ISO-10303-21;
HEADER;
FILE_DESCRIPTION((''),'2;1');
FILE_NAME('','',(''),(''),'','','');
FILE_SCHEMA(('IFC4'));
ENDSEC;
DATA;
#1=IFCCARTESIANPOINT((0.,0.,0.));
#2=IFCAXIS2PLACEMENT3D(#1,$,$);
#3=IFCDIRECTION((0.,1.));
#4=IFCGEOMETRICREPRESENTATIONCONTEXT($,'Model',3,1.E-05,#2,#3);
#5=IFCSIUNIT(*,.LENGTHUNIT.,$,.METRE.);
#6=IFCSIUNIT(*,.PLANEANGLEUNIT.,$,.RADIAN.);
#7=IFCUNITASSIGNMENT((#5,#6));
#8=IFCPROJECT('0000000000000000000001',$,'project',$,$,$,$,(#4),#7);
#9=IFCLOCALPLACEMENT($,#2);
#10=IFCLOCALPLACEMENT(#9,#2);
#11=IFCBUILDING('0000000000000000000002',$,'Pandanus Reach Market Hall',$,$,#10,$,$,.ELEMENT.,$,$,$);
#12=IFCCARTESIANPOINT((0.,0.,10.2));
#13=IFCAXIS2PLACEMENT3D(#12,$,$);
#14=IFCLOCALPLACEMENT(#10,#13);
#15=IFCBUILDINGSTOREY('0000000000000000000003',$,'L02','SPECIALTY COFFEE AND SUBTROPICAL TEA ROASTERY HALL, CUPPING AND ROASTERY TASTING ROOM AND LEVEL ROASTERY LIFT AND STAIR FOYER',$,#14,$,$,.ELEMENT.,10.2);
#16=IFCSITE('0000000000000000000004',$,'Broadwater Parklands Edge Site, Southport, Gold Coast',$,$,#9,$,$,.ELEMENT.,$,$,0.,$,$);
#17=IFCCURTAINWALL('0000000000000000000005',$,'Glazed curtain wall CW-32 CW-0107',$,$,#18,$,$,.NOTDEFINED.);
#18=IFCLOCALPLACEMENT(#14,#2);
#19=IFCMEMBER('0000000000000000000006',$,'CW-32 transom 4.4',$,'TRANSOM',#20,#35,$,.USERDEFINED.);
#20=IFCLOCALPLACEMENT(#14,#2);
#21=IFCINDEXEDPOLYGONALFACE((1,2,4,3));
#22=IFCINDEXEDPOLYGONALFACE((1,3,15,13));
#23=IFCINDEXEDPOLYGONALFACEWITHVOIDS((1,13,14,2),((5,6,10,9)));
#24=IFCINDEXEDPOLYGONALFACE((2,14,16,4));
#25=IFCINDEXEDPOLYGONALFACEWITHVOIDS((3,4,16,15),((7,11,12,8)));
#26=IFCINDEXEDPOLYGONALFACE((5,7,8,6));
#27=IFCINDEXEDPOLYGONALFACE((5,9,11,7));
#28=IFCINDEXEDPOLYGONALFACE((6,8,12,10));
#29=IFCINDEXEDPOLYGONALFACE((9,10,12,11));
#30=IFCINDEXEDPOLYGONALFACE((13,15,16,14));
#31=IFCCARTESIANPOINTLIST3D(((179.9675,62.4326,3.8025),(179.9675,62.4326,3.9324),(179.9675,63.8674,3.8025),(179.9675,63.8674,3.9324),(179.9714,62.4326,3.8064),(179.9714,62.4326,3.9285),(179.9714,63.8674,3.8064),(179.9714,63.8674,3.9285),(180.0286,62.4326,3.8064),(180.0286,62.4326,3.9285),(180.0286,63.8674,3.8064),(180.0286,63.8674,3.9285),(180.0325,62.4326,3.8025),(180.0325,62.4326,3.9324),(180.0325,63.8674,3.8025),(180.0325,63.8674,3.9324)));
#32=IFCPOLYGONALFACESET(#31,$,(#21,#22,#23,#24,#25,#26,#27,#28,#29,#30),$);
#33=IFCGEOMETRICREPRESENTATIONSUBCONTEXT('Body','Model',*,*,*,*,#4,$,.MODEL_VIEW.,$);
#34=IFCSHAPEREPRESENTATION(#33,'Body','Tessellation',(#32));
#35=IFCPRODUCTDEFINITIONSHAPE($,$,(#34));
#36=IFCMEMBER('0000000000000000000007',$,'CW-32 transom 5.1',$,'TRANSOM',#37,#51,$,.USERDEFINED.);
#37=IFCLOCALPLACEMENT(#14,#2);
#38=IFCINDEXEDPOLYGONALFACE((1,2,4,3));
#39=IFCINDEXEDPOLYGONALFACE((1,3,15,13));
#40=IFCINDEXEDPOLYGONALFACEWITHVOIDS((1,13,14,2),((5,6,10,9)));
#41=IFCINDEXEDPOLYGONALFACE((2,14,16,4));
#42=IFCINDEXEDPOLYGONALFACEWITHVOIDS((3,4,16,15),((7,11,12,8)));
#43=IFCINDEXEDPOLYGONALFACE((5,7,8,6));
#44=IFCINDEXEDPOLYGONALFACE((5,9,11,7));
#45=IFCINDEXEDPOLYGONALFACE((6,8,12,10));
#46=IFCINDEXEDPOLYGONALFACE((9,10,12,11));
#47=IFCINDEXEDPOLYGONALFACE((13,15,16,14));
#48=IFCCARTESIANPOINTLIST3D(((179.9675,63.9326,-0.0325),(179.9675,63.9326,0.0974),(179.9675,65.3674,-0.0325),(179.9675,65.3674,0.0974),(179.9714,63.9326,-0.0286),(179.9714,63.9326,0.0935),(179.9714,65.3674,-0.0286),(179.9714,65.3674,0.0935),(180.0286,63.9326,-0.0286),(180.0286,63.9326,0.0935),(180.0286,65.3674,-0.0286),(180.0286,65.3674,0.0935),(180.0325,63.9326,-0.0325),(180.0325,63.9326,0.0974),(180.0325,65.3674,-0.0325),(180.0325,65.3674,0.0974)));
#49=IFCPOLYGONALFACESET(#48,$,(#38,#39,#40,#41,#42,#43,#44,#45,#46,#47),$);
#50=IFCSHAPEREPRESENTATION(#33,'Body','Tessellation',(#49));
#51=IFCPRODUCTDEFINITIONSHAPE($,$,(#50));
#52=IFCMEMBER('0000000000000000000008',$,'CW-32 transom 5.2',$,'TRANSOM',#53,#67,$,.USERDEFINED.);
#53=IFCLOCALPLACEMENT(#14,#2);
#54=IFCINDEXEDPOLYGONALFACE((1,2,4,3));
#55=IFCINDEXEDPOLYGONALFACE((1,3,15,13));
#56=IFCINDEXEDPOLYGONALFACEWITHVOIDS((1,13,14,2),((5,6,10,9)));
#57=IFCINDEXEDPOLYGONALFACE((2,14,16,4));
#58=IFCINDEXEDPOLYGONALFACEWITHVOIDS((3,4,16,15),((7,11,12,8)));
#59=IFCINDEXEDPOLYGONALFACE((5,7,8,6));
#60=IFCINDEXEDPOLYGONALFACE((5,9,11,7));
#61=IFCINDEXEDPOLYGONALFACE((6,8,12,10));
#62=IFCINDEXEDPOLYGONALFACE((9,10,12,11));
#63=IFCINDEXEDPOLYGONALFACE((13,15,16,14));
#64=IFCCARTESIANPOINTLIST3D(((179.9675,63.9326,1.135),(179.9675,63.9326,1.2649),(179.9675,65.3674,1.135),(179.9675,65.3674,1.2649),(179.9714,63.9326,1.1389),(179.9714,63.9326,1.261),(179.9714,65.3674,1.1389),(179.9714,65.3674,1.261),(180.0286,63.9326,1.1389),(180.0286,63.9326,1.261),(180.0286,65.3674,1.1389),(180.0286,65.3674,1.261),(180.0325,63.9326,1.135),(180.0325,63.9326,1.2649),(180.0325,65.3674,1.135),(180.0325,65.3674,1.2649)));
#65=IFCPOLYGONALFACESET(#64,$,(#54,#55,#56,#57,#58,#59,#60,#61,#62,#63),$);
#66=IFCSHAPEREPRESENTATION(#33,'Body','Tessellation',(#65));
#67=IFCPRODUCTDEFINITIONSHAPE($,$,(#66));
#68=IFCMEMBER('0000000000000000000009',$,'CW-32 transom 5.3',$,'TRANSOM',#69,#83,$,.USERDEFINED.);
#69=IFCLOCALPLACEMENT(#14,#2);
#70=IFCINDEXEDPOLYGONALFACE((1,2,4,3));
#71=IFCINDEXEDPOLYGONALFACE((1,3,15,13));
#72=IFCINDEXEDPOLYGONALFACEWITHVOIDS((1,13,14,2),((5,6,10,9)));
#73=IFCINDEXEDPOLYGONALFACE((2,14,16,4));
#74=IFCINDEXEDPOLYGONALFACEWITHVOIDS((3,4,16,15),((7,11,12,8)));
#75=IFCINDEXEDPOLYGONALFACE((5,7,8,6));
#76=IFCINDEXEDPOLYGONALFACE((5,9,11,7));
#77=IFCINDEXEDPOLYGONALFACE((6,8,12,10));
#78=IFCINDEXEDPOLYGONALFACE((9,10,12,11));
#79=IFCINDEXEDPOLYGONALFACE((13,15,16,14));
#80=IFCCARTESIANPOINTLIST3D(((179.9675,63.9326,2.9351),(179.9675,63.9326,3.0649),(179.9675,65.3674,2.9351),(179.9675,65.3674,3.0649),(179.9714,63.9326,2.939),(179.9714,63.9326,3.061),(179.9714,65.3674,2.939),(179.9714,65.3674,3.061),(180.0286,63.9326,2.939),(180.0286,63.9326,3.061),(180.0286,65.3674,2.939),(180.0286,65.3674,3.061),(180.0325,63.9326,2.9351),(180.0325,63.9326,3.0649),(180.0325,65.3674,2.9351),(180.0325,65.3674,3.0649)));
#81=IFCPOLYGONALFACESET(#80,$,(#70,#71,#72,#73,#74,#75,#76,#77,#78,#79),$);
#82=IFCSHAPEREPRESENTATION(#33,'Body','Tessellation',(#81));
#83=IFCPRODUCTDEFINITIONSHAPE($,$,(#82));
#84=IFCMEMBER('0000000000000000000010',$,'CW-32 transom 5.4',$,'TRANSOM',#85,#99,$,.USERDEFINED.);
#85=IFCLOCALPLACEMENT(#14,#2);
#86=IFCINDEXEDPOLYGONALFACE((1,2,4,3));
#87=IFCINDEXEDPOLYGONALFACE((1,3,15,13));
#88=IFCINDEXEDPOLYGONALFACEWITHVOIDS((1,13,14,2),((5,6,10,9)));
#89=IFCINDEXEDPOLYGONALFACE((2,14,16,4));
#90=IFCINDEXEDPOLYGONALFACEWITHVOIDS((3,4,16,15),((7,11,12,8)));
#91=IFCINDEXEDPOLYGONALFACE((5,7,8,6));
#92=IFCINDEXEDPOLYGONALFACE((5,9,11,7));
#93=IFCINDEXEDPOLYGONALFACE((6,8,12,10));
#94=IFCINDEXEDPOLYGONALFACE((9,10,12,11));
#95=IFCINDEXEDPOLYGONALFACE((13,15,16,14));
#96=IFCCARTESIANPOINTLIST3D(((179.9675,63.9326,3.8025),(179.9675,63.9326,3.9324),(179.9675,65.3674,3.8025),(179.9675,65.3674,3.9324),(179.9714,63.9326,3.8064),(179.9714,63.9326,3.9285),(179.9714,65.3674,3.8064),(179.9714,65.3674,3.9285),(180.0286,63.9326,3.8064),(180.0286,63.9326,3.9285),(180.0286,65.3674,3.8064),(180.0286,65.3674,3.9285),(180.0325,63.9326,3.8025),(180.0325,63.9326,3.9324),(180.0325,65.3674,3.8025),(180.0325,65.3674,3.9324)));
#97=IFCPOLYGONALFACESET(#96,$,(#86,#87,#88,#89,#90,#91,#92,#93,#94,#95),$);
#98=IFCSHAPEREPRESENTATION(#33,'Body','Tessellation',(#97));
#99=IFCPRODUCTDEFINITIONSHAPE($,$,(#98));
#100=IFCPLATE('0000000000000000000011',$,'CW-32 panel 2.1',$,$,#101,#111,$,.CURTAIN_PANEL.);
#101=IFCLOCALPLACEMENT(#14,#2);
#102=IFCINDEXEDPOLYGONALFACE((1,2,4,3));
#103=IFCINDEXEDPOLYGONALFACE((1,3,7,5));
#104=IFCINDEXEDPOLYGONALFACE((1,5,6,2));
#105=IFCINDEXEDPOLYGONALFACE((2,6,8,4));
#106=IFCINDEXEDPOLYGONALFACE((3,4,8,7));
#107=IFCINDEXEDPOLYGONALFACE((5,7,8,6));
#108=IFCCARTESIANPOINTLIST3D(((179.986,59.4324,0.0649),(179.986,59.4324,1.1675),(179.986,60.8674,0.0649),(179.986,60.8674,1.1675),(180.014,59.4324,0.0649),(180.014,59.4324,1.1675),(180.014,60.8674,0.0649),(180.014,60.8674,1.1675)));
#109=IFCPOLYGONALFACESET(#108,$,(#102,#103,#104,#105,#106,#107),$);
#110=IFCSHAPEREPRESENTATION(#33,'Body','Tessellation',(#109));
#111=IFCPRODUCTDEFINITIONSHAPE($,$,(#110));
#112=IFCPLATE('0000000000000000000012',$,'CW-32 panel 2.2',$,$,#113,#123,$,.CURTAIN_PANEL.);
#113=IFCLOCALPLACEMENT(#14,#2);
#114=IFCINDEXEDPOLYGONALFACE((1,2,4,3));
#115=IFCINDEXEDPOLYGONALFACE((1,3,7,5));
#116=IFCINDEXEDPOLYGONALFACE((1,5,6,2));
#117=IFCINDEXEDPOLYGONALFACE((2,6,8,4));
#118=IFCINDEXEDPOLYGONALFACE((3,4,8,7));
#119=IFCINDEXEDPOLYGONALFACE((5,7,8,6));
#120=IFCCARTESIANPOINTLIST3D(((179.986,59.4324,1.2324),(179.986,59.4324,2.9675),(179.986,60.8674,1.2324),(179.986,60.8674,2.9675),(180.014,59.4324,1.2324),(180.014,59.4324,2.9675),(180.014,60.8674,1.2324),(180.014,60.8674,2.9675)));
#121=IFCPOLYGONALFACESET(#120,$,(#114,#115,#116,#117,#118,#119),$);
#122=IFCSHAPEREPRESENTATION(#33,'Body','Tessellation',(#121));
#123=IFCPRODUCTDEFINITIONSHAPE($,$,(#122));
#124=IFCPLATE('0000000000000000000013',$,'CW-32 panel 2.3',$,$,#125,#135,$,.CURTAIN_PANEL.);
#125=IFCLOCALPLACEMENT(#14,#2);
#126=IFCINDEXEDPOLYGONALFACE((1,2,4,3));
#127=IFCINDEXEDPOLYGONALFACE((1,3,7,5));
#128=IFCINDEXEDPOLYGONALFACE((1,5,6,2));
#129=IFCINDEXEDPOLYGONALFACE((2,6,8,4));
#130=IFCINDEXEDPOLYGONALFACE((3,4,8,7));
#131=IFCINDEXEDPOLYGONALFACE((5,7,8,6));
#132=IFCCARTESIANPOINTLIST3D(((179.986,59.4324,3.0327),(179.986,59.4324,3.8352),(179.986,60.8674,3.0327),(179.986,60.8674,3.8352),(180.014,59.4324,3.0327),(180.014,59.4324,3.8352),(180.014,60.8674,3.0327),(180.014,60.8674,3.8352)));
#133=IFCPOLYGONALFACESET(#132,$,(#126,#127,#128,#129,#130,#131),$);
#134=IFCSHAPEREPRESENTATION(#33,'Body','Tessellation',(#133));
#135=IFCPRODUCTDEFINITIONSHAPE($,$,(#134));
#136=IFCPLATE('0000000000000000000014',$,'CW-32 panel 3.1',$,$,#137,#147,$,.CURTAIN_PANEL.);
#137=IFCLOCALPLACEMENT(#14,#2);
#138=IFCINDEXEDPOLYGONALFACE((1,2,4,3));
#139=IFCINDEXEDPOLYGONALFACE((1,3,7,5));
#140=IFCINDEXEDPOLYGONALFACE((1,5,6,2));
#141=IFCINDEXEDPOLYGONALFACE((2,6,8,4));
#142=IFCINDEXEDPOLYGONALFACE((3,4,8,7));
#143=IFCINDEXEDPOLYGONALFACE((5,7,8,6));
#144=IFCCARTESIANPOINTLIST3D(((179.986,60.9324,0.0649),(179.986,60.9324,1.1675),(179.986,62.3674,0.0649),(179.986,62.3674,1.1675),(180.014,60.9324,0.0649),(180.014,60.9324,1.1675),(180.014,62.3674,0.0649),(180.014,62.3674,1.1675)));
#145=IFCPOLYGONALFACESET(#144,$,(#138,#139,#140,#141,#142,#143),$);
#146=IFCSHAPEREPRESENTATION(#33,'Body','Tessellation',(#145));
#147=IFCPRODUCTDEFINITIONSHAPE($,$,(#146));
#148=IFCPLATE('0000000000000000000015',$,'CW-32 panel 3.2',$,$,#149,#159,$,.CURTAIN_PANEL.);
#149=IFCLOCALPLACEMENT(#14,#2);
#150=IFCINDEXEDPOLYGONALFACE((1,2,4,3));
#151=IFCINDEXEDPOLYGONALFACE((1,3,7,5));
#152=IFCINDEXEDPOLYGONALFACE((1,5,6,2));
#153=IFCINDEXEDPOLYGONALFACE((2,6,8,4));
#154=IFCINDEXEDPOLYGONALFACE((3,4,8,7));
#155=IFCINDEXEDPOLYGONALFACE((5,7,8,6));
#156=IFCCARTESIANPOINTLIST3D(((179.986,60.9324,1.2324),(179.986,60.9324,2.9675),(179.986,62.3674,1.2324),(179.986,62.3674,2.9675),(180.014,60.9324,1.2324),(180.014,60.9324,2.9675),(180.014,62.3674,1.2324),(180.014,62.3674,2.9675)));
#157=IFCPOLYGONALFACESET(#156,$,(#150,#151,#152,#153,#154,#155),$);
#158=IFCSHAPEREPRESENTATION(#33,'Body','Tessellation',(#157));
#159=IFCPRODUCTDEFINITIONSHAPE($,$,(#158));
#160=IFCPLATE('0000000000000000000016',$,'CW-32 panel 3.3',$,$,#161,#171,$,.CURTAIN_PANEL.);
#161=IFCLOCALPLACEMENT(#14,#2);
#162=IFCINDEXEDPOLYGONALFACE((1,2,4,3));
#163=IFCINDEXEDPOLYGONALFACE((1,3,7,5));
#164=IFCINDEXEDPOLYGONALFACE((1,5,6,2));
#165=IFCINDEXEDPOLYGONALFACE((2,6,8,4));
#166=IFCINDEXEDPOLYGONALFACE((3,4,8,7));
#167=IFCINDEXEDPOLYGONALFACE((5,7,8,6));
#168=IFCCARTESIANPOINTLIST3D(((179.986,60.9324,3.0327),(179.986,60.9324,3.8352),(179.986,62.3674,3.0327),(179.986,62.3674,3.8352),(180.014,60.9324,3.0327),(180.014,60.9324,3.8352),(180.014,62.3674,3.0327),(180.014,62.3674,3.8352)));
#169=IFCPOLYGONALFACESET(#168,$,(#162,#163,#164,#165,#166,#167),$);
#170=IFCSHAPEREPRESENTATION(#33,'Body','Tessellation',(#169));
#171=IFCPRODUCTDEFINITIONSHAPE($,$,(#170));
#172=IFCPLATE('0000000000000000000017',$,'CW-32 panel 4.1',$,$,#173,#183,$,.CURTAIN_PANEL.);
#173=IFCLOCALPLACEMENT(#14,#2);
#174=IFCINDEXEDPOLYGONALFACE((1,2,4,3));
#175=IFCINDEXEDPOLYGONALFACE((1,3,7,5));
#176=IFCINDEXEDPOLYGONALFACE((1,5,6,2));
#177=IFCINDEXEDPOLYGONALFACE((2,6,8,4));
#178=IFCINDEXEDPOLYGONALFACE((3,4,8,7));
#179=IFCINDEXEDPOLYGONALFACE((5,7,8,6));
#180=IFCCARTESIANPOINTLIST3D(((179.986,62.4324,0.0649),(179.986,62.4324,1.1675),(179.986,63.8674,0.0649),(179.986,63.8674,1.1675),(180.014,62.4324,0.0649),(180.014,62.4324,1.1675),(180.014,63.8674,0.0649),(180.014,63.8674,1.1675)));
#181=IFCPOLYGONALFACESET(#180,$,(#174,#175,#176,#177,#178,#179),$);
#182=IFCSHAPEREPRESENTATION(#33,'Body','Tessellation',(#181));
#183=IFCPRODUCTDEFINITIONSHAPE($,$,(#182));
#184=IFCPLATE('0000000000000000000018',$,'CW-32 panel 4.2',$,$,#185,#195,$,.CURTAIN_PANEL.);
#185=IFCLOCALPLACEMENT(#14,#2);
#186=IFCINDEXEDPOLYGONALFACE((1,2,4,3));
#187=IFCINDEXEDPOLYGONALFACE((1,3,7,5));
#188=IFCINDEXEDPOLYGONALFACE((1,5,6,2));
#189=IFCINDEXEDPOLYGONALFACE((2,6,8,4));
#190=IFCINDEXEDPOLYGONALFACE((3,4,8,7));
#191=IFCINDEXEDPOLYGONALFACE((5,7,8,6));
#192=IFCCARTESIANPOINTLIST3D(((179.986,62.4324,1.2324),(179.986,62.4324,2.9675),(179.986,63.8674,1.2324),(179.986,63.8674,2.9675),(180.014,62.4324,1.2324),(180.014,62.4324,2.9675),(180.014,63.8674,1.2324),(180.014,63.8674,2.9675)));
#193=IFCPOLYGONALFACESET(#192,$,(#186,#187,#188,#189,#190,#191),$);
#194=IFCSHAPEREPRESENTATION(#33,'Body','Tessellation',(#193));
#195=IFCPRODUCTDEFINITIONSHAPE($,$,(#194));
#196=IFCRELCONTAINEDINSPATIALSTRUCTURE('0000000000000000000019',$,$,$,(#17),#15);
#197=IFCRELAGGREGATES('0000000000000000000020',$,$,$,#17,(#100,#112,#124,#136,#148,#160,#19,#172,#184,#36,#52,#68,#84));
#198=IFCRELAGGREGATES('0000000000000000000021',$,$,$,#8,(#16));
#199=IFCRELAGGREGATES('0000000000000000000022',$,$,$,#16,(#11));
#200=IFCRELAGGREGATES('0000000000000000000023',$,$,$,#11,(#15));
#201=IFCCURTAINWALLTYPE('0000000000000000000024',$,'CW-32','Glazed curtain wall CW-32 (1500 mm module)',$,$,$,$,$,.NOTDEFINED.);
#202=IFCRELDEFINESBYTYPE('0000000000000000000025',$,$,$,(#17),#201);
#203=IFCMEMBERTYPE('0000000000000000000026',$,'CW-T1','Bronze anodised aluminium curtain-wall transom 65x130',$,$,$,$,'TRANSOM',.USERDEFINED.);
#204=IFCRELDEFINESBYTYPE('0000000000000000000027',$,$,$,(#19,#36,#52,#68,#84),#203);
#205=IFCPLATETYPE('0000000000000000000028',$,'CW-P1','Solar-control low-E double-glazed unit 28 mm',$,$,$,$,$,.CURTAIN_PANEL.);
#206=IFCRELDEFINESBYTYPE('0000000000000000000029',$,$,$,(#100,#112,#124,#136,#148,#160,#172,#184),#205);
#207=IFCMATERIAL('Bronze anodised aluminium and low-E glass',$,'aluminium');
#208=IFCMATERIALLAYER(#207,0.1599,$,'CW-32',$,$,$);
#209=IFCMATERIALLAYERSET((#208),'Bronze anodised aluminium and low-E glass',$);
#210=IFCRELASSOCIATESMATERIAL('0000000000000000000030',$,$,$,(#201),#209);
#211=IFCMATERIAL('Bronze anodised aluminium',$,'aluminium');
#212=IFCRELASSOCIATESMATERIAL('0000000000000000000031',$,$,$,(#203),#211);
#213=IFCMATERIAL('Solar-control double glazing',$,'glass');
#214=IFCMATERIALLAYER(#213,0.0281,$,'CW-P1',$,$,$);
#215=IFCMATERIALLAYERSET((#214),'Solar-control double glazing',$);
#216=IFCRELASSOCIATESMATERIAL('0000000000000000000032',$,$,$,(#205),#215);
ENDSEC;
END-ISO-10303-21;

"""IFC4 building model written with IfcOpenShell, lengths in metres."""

from ifc_helpers import new_model, si_unit, direction, frame, origin, origin_2d, place, context, subcontext, project, spatial, rectangle, hollow_rectangle, extrude, material, layer, layer_set, material_profile, profile_set, type_object, element, aggregate, save


model = new_model("IFC4")

# Units and contexts
model_context = context("Model", 3, precision=1e-05, world=origin(), true_north=direction((0.0, 1.0)))
body_context = subcontext(model_context, "Body", "Model", "MODEL_VIEW")
ifc_project = project(units=[si_unit("LENGTHUNIT", "METRE"), si_unit("PLANEANGLEUNIT", "RADIAN")], contexts=[model_context])

# Site, building, storey
site_placement = place(None, origin())
site = spatial("IfcSite", under=ifc_project, at=site_placement, Name="Broadwater Parklands Edge Site, Southport, Gold Coast", CompositionType="ELEMENT", RefElevation=0.0)
building_placement = place(site_placement, origin())
building = spatial("IfcBuilding", under=site, at=building_placement, Name="Pandanus Reach Market Hall", CompositionType="ELEMENT")
storey_placement = place(building_placement, frame((0.0, 0.0, 10.2)))
storey = spatial("IfcBuildingStorey", under=building, at=storey_placement, Name="L02", Description="SPECIALTY COFFEE AND SUBTROPICAL TEA ROASTERY HALL, CUPPING AND ROASTERY TASTING ROOM AND LEVEL ROASTERY LIFT AND STAIR FOYER", CompositionType="ELEMENT", Elevation=10.2)

# Curtain wall, members, plates
ifc_material_1 = material(Name="Bronze anodised aluminium and low-E glass", Category="aluminium")
ifc_layer_1 = layer(ifc_material_1, 0.1599, Name="CW-32")
ifc_layer_set_1 = layer_set([ifc_layer_1], Name="Bronze anodised aluminium and low-E glass")
curtain_wall_type = type_object("IfcCurtainWallType", Name="CW-32", Description="Glazed curtain wall CW-32 (1500 mm module)", PredefinedType="NOTDEFINED", material=ifc_layer_set_1)
curtain_wall_placement = place(storey_placement, origin())
curtain_wall = element("IfcCurtainWall", 1, at=curtain_wall_placement, inside=storey, type_object=curtain_wall_type, Name="Glazed curtain wall CW-32 CW-0107", PredefinedType="NOTDEFINED")
ifc_material_2 = material(Name="Bronze anodised aluminium", Category="aluminium")
ifc_material_profile_1 = material_profile(ifc_material_2, hollow_rectangle(XDim=0.0649, YDim=0.1299, WallThickness=0.0039, at=origin_2d()), Name="ALU65x130", Category="LoadBearing")
ifc_profile_set_1 = profile_set([ifc_material_profile_1], Name="Bronze anodised aluminium")
member_type_1 = type_object("IfcMemberType", Name="CW-T1", Description="Bronze anodised aluminium curtain-wall transom 65x130", ElementType="TRANSOM", PredefinedType="USERDEFINED", material=ifc_profile_set_1)
member_1_placement = place(storey_placement, frame((180.0, 62.4326, 3.8674), z_axis=(0.0, 1.0, 0.0), x_axis=(-1.0, 0.0, 0.0)))
member_1 = element("IfcMember", 2, at=member_1_placement, type_object=member_type_1, Name="CW-32 transom 4.4", ObjectType="TRANSOM", PredefinedType="USERDEFINED", context=body_context, shape_type="SweptSolid", body=[
    extrude(hollow_rectangle(XDim=0.0649, YDim=0.1299, WallThickness=0.0039, at=origin_2d()), origin(), (0.0, 0.0, 1.0), 1.4348),
])
member_2_placement = place(storey_placement, frame((180.0, 63.9326, 0.0325), z_axis=(0.0, 1.0, 0.0), x_axis=(-1.0, 0.0, 0.0)))
member_2 = element("IfcMember", 3, at=member_2_placement, type_object=member_type_1, Name="CW-32 transom 5.1", ObjectType="TRANSOM", PredefinedType="USERDEFINED", context=body_context, shape_type="SweptSolid", body=[
    extrude(hollow_rectangle(XDim=0.0649, YDim=0.1299, WallThickness=0.0039, at=origin_2d()), origin(), (0.0, 0.0, 1.0), 1.4348),
])
member_3_placement = place(storey_placement, frame((180.0, 63.9326, 1.2), z_axis=(0.0, 1.0, 0.0), x_axis=(-1.0, 0.0, 0.0)))
member_3 = element("IfcMember", 4, at=member_3_placement, type_object=member_type_1, Name="CW-32 transom 5.2", ObjectType="TRANSOM", PredefinedType="USERDEFINED", context=body_context, shape_type="SweptSolid", body=[
    extrude(hollow_rectangle(XDim=0.0649, YDim=0.1299, WallThickness=0.0039, at=origin_2d()), origin(), (0.0, 0.0, 1.0), 1.4348),
])
member_4_placement = place(storey_placement, frame((180.0, 63.9326, 3.0), z_axis=(0.0, 1.0, 0.0), x_axis=(-1.0, 0.0, 0.0)))
member_4 = element("IfcMember", 5, at=member_4_placement, type_object=member_type_1, Name="CW-32 transom 5.3", ObjectType="TRANSOM", PredefinedType="USERDEFINED", context=body_context, shape_type="SweptSolid", body=[
    extrude(hollow_rectangle(XDim=0.0649, YDim=0.1299, WallThickness=0.0039, at=origin_2d()), origin(), (0.0, 0.0, 1.0), 1.4348),
])
member_5_placement = place(storey_placement, frame((180.0, 63.9326, 3.8674), z_axis=(0.0, 1.0, 0.0), x_axis=(-1.0, 0.0, 0.0)))
member_5 = element("IfcMember", 6, at=member_5_placement, type_object=member_type_1, Name="CW-32 transom 5.4", ObjectType="TRANSOM", PredefinedType="USERDEFINED", context=body_context, shape_type="SweptSolid", body=[
    extrude(hollow_rectangle(XDim=0.0649, YDim=0.1299, WallThickness=0.0039, at=origin_2d()), origin(), (0.0, 0.0, 1.0), 1.4348),
])
ifc_material_3 = material(Name="Solar-control double glazing", Category="glass")
ifc_layer_2 = layer(ifc_material_3, 0.0281, Name="CW-P1")
ifc_layer_set_2 = layer_set([ifc_layer_2], Name="Solar-control double glazing")
plate_type = type_object("IfcPlateType", Name="CW-P1", Description="Solar-control low-E double-glazed unit 28 mm", PredefinedType="CURTAIN_PANEL", material=ifc_layer_set_2)
plate_1_placement = place(storey_placement, frame((180.0, 60.1499, 0.0649), z_axis=(0.0, 0.0, 1.0), x_axis=(0.0, 1.0, 0.0)))
plate_1 = element("IfcPlate", 7, at=plate_1_placement, type_object=plate_type, Name="CW-32 panel 2.1", PredefinedType="CURTAIN_PANEL", context=body_context, shape_type="SweptSolid", body=[
    extrude(rectangle(XDim=1.4351, YDim=0.0281, at=origin_2d()), origin(), (0.0, 0.0, 1.0), 1.1025),
])
plate_2_placement = place(storey_placement, frame((180.0, 60.1499, 1.2324), z_axis=(0.0, 0.0, 1.0), x_axis=(0.0, 1.0, 0.0)))
plate_2 = element("IfcPlate", 8, at=plate_2_placement, type_object=plate_type, Name="CW-32 panel 2.2", PredefinedType="CURTAIN_PANEL", context=body_context, shape_type="SweptSolid", body=[
    extrude(rectangle(XDim=1.4351, YDim=0.0281, at=origin_2d()), origin(), (0.0, 0.0, 1.0), 1.7351),
])
plate_3_placement = place(storey_placement, frame((180.0, 60.1499, 3.0327), z_axis=(0.0, 0.0, 1.0), x_axis=(0.0, 1.0, 0.0)))
plate_3 = element("IfcPlate", 9, at=plate_3_placement, type_object=plate_type, Name="CW-32 panel 2.3", PredefinedType="CURTAIN_PANEL", context=body_context, shape_type="SweptSolid", body=[
    extrude(rectangle(XDim=1.4351, YDim=0.0281, at=origin_2d()), origin(), (0.0, 0.0, 1.0), 0.8025),
])
plate_4_placement = place(storey_placement, frame((180.0, 61.6499, 0.0649), z_axis=(0.0, 0.0, 1.0), x_axis=(0.0, 1.0, 0.0)))
plate_4 = element("IfcPlate", 10, at=plate_4_placement, type_object=plate_type, Name="CW-32 panel 3.1", PredefinedType="CURTAIN_PANEL", context=body_context, shape_type="SweptSolid", body=[
    extrude(rectangle(XDim=1.4351, YDim=0.0281, at=origin_2d()), origin(), (0.0, 0.0, 1.0), 1.1025),
])
plate_5_placement = place(storey_placement, frame((180.0, 61.6499, 1.2324), z_axis=(0.0, 0.0, 1.0), x_axis=(0.0, 1.0, 0.0)))
plate_5 = element("IfcPlate", 11, at=plate_5_placement, type_object=plate_type, Name="CW-32 panel 3.2", PredefinedType="CURTAIN_PANEL", context=body_context, shape_type="SweptSolid", body=[
    extrude(rectangle(XDim=1.4351, YDim=0.0281, at=origin_2d()), origin(), (0.0, 0.0, 1.0), 1.7351),
])
plate_6_placement = place(storey_placement, frame((180.0, 61.6499, 3.0327), z_axis=(0.0, 0.0, 1.0), x_axis=(0.0, 1.0, 0.0)))
plate_6 = element("IfcPlate", 12, at=plate_6_placement, type_object=plate_type, Name="CW-32 panel 3.3", PredefinedType="CURTAIN_PANEL", context=body_context, shape_type="SweptSolid", body=[
    extrude(rectangle(XDim=1.4351, YDim=0.0281, at=origin_2d()), origin(), (0.0, 0.0, 1.0), 0.8025),
])
plate_7_placement = place(storey_placement, frame((180.0, 63.1499, 0.0649), z_axis=(0.0, 0.0, 1.0), x_axis=(0.0, 1.0, 0.0)))
plate_7 = element("IfcPlate", 13, at=plate_7_placement, type_object=plate_type, Name="CW-32 panel 4.1", PredefinedType="CURTAIN_PANEL", context=body_context, shape_type="SweptSolid", body=[
    extrude(rectangle(XDim=1.4351, YDim=0.0281, at=origin_2d()), origin(), (0.0, 0.0, 1.0), 1.1025),
])
plate_8_placement = place(storey_placement, frame((180.0, 63.1499, 1.2324), z_axis=(0.0, 0.0, 1.0), x_axis=(0.0, 1.0, 0.0)))
plate_8 = element("IfcPlate", 14, at=plate_8_placement, type_object=plate_type, Name="CW-32 panel 4.2", PredefinedType="CURTAIN_PANEL", context=body_context, shape_type="SweptSolid", body=[
    extrude(rectangle(XDim=1.4351, YDim=0.0281, at=origin_2d()), origin(), (0.0, 0.0, 1.0), 1.7351),
])
aggregate(curtain_wall, [plate_1, plate_2, plate_3, plate_4, plate_5, plate_6, member_1, plate_7, plate_8, member_2, member_3, member_4, member_5])

save(model, "model.ifc")
